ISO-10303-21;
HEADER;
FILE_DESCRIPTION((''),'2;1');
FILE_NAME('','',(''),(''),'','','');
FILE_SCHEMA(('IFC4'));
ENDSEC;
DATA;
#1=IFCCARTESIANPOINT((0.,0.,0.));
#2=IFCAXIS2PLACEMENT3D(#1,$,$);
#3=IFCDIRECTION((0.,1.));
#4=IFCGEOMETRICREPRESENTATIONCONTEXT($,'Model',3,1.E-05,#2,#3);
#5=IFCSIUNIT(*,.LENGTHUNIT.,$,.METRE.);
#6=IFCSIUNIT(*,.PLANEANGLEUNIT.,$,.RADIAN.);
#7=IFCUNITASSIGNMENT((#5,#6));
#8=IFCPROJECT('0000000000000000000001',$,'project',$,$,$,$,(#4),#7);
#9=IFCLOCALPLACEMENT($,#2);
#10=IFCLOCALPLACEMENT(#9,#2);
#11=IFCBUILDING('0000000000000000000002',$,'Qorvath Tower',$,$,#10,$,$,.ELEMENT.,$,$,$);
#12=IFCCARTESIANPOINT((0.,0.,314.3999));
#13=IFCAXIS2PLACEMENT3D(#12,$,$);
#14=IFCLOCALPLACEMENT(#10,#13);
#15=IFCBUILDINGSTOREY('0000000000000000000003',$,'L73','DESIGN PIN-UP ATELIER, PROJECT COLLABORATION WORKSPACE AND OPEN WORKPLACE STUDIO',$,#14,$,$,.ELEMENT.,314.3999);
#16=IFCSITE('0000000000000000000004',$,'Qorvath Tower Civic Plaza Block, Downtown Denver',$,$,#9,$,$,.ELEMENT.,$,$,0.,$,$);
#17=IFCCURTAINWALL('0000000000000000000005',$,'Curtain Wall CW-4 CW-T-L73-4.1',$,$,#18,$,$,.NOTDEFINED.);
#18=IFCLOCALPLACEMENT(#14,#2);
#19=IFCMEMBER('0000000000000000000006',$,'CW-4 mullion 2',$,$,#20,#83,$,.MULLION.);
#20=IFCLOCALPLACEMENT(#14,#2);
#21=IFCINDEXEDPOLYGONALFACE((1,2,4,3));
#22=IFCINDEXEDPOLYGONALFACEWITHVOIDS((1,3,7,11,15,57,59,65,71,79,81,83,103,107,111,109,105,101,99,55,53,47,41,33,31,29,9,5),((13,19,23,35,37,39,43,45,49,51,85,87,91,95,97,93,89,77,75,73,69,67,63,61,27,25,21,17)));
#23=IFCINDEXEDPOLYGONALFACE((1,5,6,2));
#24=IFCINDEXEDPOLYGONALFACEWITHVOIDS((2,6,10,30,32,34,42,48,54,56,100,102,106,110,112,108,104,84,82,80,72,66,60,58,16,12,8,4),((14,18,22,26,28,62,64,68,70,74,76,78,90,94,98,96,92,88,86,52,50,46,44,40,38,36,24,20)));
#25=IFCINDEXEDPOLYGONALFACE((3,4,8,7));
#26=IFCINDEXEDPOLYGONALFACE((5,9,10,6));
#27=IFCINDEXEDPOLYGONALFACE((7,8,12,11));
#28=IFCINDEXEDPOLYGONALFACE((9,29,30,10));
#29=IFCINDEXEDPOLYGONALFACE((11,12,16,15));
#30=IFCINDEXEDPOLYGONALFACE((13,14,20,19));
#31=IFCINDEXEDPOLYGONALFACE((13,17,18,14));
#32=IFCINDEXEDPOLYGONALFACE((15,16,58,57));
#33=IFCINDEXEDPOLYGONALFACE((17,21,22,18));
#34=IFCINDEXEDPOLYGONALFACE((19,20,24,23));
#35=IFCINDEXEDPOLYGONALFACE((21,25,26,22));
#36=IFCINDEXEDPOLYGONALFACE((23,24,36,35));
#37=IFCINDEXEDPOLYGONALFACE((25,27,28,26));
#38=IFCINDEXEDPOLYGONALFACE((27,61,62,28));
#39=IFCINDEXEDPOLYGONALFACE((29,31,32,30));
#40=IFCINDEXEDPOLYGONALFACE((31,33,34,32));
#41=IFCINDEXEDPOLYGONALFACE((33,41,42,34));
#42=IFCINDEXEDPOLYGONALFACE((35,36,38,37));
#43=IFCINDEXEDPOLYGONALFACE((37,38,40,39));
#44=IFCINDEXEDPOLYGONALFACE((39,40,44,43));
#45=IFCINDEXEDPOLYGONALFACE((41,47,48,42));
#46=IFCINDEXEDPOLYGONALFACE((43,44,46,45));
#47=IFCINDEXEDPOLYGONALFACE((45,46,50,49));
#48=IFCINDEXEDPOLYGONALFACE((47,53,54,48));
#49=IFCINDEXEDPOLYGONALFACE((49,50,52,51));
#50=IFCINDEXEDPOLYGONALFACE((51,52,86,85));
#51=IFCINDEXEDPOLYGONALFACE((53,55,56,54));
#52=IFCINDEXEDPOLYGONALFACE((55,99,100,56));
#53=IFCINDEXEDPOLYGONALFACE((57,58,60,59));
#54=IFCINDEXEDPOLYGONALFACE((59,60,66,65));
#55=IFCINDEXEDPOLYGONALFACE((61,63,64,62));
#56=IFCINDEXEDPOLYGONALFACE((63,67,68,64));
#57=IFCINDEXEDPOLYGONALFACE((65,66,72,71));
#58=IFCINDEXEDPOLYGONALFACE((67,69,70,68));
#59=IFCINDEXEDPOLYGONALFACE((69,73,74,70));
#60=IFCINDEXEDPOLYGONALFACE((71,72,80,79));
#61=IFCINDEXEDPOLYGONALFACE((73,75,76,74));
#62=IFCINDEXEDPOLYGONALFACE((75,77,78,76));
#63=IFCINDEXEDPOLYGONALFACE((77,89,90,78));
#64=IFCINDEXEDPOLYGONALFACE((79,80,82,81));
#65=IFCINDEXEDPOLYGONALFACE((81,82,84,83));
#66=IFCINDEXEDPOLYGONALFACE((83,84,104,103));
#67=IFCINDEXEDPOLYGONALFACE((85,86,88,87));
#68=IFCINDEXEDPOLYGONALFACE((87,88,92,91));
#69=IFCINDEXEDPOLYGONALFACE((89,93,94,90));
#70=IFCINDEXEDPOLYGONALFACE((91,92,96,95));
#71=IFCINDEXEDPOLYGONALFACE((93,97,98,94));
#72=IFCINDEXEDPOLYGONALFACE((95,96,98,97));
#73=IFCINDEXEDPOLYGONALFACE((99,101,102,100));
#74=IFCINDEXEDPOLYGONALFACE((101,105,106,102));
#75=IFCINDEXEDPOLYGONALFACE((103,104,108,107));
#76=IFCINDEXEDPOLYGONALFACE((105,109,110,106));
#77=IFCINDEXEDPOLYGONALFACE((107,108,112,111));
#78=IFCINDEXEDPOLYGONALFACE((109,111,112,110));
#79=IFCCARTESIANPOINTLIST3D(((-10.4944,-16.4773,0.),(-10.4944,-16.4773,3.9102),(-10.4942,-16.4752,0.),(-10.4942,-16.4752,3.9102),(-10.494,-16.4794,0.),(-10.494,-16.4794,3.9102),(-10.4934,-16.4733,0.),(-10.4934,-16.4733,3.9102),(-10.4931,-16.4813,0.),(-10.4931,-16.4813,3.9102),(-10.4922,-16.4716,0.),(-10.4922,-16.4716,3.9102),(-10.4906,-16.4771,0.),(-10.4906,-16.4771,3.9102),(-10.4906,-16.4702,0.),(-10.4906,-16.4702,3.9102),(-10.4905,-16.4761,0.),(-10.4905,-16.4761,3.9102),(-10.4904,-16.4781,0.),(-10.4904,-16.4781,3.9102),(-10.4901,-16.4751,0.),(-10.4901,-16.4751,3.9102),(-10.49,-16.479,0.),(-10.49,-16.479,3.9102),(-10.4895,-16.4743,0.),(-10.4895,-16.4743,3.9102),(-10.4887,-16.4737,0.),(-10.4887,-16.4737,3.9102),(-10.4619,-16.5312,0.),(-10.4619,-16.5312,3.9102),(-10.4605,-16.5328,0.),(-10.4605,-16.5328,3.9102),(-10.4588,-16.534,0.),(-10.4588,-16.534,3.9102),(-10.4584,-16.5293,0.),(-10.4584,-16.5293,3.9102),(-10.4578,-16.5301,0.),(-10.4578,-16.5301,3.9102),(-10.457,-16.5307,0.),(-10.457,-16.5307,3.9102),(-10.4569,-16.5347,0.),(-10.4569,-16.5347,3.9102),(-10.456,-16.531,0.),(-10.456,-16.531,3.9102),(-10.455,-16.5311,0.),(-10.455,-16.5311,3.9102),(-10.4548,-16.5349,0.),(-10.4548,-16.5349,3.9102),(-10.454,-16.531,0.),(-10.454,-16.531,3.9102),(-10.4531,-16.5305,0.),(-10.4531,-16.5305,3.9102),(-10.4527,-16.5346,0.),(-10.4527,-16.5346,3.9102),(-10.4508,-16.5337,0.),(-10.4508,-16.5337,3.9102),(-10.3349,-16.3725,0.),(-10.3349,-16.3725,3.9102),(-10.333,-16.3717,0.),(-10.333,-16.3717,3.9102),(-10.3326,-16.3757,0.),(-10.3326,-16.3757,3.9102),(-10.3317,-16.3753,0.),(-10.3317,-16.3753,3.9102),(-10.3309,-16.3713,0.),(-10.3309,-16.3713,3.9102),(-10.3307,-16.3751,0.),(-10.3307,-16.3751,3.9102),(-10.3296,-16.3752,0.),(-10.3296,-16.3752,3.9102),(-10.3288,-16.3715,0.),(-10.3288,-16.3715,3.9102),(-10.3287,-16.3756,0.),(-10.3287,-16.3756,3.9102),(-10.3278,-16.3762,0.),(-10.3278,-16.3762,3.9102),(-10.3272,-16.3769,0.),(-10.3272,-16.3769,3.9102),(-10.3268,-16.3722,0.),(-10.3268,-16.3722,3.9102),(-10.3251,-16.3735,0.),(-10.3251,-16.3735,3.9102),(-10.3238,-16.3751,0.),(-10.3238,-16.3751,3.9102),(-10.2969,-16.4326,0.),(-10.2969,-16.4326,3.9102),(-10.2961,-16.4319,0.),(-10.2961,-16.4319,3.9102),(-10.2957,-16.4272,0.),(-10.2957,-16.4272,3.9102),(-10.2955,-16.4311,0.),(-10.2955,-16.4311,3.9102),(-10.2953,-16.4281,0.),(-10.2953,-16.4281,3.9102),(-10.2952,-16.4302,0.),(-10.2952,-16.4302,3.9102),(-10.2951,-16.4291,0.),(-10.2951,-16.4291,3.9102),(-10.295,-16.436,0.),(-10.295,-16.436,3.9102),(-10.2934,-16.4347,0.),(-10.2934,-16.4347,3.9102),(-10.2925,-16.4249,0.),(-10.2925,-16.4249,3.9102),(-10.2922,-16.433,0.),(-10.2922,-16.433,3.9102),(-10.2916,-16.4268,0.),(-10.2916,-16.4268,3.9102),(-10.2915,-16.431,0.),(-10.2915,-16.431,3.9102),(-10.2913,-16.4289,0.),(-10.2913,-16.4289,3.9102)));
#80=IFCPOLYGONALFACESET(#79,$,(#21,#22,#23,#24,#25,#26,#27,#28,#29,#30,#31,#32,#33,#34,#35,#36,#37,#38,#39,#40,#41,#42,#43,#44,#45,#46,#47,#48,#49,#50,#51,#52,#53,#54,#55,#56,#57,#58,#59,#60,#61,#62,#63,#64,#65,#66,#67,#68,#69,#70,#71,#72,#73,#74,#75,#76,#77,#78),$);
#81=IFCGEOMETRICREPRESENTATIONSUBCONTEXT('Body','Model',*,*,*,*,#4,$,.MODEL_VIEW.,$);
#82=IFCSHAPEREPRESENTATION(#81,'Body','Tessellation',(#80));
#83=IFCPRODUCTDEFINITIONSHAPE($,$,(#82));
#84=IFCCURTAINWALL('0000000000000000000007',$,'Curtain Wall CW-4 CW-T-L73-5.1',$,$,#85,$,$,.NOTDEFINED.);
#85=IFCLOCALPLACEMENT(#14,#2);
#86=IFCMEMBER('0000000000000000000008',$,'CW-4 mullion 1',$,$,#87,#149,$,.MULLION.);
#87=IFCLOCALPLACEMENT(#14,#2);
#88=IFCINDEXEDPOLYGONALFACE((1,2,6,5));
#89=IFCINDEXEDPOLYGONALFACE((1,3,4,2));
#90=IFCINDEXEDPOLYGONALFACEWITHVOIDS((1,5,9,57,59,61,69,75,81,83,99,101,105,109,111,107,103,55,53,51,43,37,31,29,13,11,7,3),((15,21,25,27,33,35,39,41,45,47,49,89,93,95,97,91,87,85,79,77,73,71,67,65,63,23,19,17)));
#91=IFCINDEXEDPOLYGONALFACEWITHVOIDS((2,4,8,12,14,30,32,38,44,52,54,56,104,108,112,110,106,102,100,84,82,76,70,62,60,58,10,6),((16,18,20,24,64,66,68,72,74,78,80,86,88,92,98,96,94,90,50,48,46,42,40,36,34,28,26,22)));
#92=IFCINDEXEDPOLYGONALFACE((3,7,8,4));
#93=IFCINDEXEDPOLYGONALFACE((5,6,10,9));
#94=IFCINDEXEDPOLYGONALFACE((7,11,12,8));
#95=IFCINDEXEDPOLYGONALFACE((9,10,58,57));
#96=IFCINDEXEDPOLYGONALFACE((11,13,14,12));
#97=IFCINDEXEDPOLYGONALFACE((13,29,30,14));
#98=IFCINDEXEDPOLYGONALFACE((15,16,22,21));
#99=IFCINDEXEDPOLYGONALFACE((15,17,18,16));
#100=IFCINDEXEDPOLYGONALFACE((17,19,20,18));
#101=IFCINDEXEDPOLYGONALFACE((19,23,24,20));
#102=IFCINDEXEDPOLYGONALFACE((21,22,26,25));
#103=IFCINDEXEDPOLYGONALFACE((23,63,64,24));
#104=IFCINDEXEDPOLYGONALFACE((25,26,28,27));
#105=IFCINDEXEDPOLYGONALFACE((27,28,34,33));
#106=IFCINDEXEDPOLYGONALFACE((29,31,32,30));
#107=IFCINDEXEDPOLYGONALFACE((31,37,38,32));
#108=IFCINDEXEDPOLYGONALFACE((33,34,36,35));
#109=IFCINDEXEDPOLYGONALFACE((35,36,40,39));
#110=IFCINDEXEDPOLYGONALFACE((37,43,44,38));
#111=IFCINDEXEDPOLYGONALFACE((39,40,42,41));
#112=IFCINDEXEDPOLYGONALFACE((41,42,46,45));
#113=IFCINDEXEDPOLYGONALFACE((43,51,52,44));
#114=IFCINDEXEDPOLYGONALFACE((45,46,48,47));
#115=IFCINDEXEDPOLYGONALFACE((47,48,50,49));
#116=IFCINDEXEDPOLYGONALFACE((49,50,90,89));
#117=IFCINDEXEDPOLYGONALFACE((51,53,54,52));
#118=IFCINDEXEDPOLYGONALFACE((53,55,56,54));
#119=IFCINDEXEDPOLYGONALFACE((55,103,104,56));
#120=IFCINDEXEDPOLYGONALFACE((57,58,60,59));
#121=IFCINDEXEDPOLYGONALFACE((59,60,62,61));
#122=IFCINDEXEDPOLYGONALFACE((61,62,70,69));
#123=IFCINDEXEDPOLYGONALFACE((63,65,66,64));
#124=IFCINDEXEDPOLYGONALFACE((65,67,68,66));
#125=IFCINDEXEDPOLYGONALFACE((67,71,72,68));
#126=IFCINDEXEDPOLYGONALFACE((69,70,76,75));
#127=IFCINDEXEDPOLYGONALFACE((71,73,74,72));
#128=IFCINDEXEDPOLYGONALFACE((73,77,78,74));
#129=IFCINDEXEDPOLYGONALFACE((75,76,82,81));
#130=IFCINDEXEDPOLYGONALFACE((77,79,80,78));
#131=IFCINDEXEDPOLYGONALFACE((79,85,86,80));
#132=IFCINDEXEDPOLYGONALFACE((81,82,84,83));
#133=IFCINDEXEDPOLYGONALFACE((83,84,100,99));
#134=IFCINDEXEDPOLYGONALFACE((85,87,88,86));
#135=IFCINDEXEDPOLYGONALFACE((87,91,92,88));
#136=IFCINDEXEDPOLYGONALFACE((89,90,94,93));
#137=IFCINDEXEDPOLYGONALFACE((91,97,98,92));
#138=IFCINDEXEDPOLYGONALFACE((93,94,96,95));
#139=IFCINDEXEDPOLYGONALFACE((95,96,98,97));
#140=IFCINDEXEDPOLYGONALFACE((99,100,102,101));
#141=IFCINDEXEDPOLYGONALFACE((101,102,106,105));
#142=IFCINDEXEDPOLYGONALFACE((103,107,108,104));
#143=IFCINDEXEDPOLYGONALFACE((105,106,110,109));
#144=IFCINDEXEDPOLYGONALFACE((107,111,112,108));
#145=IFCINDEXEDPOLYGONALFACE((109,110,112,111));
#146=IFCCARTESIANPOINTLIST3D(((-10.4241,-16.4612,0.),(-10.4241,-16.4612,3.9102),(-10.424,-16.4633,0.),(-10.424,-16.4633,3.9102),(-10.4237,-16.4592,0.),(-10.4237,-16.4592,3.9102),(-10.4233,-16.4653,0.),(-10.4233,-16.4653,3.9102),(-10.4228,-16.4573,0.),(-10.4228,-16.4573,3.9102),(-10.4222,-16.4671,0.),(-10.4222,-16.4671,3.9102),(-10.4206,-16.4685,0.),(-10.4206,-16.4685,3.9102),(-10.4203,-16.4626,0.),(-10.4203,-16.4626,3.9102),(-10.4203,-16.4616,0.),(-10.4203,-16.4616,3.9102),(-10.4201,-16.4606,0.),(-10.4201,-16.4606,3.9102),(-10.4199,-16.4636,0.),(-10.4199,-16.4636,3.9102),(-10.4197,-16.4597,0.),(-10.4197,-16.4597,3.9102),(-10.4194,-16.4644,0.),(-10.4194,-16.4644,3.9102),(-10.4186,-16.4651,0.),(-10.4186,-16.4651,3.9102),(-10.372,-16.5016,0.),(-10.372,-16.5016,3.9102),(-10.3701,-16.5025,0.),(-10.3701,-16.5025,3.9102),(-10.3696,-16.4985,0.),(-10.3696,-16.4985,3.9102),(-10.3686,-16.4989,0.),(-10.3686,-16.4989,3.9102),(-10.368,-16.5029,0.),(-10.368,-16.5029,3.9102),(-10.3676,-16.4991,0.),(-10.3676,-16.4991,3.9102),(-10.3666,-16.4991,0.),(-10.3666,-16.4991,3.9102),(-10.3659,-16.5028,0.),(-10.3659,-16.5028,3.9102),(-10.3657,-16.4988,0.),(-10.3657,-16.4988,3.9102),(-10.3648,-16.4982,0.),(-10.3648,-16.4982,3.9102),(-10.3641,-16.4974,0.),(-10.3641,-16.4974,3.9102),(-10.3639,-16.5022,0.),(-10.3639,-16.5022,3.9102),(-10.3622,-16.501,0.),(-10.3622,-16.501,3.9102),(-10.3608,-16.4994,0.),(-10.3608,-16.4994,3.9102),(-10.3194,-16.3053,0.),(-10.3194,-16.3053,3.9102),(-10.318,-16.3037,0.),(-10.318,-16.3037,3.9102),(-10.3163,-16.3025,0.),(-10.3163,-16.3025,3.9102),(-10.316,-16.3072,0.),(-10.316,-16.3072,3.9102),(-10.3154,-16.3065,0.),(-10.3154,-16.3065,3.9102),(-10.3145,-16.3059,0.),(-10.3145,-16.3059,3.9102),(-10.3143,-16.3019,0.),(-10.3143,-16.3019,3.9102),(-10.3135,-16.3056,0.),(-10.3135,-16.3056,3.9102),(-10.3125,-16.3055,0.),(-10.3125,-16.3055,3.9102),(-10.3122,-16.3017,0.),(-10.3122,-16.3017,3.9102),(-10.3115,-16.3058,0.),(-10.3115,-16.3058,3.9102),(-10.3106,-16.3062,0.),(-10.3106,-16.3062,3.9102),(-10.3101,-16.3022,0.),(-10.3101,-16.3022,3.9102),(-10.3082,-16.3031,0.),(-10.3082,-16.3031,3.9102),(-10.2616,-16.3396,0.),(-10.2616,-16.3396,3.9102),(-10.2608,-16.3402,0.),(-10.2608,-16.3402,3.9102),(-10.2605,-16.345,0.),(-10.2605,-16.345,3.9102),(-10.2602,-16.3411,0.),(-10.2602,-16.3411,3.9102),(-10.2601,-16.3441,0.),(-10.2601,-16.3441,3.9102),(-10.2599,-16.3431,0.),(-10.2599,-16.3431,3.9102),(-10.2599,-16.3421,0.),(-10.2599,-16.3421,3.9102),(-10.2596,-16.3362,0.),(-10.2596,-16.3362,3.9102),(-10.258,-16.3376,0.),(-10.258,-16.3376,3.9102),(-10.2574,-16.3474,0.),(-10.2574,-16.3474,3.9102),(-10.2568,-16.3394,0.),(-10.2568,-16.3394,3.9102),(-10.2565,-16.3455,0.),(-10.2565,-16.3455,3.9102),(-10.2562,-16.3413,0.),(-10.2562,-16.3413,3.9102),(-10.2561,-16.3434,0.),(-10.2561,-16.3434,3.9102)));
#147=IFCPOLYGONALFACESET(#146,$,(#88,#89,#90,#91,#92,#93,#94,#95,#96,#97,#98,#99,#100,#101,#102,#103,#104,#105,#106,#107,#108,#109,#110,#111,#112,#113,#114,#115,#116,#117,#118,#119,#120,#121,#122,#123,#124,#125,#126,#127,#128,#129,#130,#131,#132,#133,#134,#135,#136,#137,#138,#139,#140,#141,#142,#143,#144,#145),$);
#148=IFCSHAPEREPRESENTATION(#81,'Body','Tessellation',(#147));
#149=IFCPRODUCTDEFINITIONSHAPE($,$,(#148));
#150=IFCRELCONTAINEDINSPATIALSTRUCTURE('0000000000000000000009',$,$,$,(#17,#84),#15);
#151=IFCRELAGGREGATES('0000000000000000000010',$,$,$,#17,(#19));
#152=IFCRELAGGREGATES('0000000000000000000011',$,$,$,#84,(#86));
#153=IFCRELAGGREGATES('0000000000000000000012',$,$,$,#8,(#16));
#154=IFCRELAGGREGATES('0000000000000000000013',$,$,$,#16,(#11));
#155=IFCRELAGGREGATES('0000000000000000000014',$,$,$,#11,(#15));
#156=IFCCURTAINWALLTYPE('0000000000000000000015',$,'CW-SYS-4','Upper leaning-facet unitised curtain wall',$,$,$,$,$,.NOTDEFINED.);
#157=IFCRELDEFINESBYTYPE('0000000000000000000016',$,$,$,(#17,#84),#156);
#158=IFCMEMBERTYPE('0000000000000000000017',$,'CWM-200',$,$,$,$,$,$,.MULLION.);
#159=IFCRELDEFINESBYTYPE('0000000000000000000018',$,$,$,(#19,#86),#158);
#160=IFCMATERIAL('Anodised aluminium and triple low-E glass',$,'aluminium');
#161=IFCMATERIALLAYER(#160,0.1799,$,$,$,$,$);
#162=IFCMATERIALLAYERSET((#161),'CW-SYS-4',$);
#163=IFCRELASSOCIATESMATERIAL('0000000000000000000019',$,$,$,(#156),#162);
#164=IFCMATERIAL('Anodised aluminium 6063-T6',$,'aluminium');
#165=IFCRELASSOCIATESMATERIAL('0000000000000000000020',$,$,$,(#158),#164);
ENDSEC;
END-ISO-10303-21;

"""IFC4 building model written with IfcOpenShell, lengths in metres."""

from ifc_helpers import new_model, si_unit, direction, frame, origin, origin_2d, place, context, subcontext, project, spatial, hollow_rectangle, extrude, material, layer, layer_set, material_profile, profile_set, type_object, element, aggregate, save


model = new_model("IFC4")

# Units and contexts
model_context = context("Model", 3, precision=1e-05, world=origin(), true_north=direction((0.0, 1.0)))
body_context = subcontext(model_context, "Body", "Model", "MODEL_VIEW")
ifc_project = project(units=[si_unit("LENGTHUNIT", "METRE"), si_unit("PLANEANGLEUNIT", "RADIAN")], contexts=[model_context])

# Site, building, storey
site_placement = place(None, origin())
site = spatial("IfcSite", under=ifc_project, at=site_placement, Name="Qorvath Tower Civic Plaza Block, Downtown Denver", CompositionType="ELEMENT", RefElevation=0.0)
building_placement = place(site_placement, origin())
building = spatial("IfcBuilding", under=site, at=building_placement, Name="Qorvath Tower", CompositionType="ELEMENT")
storey_placement = place(building_placement, frame((0.0, 0.0, 314.3999)))
storey = spatial("IfcBuildingStorey", under=building, at=storey_placement, Name="L73", Description="DESIGN PIN-UP ATELIER, PROJECT COLLABORATION WORKSPACE AND OPEN WORKPLACE STUDIO", CompositionType="ELEMENT", Elevation=314.3999)

# Curtain wall, member
ifc_material_1 = material(Name="Anodised aluminium and triple low-E glass", Category="aluminium")
ifc_layer_1 = layer(ifc_material_1, 0.1799)
ifc_layer_set_1 = layer_set([ifc_layer_1], Name="CW-SYS-4")
curtain_wall_type = type_object("IfcCurtainWallType", Name="CW-SYS-4", Description="Upper leaning-facet unitised curtain wall", PredefinedType="NOTDEFINED", material=ifc_layer_set_1)
curtain_wall_1_placement = place(storey_placement, origin())
curtain_wall_1 = element("IfcCurtainWall", 1, at=curtain_wall_1_placement, inside=storey, type_object=curtain_wall_type, Name="Curtain Wall CW-4 CW-T-L73-4.1", PredefinedType="NOTDEFINED")
ifc_material_2 = material(Name="Anodised aluminium 6063-T6", Category="aluminium")
ifc_material_profile_1 = material_profile(ifc_material_2, hollow_rectangle(XDim=0.075, YDim=0.2, WallThickness=0.0039, InnerFilletRadius=0.0039, OuterFilletRadius=0.0081, at=origin_2d()), Name="CWM 200x75")
ifc_profile_set_1 = profile_set([ifc_material_profile_1], Name="Anodised aluminium 6063-T6")
member_type_1 = type_object("IfcMemberType", Name="CWM-200", PredefinedType="MULLION", material=ifc_profile_set_1)
member_1_placement = place(storey_placement, frame((-10.3928, -16.4531, 0.0), z_axis=(0.0, 0.0, 1.0), x_axis=(-0.531348, 0.847154, 0.0)))
member_1 = element("IfcMember", 2, at=member_1_placement, type_object=member_type_1, Name="CW-4 mullion 2", PredefinedType="MULLION", context=body_context, shape_type="SweptSolid", body=[
    extrude(hollow_rectangle(XDim=0.075, YDim=0.2, WallThickness=0.0039, InnerFilletRadius=0.0039, OuterFilletRadius=0.0081, at=origin_2d()), origin(), (0.0, 0.0, 1.0), 3.9102),
])

# Curtain wall, member
curtain_wall_2_placement = place(storey_placement, origin())
curtain_wall_2 = element("IfcCurtainWall", 3, at=curtain_wall_2_placement, inside=storey, type_object=curtain_wall_type, Name="Curtain Wall CW-4 CW-T-L73-5.1", PredefinedType="NOTDEFINED")
member_2_placement = place(storey_placement, frame((-10.3401, -16.4023, 0.0), z_axis=(0.0, 0.0, 1.0), x_axis=(-0.827071, 0.562098, 0.0)))
member_2 = element("IfcMember", 4, at=member_2_placement, type_object=member_type_1, Name="CW-4 mullion 1", PredefinedType="MULLION", context=body_context, shape_type="SweptSolid", body=[
    extrude(hollow_rectangle(XDim=0.075, YDim=0.2, WallThickness=0.0039, InnerFilletRadius=0.0039, OuterFilletRadius=0.0081, at=origin_2d()), origin(), (0.0, 0.0, 1.0), 3.9102),
])

aggregate(curtain_wall_1, [member_1])
aggregate(curtain_wall_2, [member_2])

save(model, "model.ifc")
